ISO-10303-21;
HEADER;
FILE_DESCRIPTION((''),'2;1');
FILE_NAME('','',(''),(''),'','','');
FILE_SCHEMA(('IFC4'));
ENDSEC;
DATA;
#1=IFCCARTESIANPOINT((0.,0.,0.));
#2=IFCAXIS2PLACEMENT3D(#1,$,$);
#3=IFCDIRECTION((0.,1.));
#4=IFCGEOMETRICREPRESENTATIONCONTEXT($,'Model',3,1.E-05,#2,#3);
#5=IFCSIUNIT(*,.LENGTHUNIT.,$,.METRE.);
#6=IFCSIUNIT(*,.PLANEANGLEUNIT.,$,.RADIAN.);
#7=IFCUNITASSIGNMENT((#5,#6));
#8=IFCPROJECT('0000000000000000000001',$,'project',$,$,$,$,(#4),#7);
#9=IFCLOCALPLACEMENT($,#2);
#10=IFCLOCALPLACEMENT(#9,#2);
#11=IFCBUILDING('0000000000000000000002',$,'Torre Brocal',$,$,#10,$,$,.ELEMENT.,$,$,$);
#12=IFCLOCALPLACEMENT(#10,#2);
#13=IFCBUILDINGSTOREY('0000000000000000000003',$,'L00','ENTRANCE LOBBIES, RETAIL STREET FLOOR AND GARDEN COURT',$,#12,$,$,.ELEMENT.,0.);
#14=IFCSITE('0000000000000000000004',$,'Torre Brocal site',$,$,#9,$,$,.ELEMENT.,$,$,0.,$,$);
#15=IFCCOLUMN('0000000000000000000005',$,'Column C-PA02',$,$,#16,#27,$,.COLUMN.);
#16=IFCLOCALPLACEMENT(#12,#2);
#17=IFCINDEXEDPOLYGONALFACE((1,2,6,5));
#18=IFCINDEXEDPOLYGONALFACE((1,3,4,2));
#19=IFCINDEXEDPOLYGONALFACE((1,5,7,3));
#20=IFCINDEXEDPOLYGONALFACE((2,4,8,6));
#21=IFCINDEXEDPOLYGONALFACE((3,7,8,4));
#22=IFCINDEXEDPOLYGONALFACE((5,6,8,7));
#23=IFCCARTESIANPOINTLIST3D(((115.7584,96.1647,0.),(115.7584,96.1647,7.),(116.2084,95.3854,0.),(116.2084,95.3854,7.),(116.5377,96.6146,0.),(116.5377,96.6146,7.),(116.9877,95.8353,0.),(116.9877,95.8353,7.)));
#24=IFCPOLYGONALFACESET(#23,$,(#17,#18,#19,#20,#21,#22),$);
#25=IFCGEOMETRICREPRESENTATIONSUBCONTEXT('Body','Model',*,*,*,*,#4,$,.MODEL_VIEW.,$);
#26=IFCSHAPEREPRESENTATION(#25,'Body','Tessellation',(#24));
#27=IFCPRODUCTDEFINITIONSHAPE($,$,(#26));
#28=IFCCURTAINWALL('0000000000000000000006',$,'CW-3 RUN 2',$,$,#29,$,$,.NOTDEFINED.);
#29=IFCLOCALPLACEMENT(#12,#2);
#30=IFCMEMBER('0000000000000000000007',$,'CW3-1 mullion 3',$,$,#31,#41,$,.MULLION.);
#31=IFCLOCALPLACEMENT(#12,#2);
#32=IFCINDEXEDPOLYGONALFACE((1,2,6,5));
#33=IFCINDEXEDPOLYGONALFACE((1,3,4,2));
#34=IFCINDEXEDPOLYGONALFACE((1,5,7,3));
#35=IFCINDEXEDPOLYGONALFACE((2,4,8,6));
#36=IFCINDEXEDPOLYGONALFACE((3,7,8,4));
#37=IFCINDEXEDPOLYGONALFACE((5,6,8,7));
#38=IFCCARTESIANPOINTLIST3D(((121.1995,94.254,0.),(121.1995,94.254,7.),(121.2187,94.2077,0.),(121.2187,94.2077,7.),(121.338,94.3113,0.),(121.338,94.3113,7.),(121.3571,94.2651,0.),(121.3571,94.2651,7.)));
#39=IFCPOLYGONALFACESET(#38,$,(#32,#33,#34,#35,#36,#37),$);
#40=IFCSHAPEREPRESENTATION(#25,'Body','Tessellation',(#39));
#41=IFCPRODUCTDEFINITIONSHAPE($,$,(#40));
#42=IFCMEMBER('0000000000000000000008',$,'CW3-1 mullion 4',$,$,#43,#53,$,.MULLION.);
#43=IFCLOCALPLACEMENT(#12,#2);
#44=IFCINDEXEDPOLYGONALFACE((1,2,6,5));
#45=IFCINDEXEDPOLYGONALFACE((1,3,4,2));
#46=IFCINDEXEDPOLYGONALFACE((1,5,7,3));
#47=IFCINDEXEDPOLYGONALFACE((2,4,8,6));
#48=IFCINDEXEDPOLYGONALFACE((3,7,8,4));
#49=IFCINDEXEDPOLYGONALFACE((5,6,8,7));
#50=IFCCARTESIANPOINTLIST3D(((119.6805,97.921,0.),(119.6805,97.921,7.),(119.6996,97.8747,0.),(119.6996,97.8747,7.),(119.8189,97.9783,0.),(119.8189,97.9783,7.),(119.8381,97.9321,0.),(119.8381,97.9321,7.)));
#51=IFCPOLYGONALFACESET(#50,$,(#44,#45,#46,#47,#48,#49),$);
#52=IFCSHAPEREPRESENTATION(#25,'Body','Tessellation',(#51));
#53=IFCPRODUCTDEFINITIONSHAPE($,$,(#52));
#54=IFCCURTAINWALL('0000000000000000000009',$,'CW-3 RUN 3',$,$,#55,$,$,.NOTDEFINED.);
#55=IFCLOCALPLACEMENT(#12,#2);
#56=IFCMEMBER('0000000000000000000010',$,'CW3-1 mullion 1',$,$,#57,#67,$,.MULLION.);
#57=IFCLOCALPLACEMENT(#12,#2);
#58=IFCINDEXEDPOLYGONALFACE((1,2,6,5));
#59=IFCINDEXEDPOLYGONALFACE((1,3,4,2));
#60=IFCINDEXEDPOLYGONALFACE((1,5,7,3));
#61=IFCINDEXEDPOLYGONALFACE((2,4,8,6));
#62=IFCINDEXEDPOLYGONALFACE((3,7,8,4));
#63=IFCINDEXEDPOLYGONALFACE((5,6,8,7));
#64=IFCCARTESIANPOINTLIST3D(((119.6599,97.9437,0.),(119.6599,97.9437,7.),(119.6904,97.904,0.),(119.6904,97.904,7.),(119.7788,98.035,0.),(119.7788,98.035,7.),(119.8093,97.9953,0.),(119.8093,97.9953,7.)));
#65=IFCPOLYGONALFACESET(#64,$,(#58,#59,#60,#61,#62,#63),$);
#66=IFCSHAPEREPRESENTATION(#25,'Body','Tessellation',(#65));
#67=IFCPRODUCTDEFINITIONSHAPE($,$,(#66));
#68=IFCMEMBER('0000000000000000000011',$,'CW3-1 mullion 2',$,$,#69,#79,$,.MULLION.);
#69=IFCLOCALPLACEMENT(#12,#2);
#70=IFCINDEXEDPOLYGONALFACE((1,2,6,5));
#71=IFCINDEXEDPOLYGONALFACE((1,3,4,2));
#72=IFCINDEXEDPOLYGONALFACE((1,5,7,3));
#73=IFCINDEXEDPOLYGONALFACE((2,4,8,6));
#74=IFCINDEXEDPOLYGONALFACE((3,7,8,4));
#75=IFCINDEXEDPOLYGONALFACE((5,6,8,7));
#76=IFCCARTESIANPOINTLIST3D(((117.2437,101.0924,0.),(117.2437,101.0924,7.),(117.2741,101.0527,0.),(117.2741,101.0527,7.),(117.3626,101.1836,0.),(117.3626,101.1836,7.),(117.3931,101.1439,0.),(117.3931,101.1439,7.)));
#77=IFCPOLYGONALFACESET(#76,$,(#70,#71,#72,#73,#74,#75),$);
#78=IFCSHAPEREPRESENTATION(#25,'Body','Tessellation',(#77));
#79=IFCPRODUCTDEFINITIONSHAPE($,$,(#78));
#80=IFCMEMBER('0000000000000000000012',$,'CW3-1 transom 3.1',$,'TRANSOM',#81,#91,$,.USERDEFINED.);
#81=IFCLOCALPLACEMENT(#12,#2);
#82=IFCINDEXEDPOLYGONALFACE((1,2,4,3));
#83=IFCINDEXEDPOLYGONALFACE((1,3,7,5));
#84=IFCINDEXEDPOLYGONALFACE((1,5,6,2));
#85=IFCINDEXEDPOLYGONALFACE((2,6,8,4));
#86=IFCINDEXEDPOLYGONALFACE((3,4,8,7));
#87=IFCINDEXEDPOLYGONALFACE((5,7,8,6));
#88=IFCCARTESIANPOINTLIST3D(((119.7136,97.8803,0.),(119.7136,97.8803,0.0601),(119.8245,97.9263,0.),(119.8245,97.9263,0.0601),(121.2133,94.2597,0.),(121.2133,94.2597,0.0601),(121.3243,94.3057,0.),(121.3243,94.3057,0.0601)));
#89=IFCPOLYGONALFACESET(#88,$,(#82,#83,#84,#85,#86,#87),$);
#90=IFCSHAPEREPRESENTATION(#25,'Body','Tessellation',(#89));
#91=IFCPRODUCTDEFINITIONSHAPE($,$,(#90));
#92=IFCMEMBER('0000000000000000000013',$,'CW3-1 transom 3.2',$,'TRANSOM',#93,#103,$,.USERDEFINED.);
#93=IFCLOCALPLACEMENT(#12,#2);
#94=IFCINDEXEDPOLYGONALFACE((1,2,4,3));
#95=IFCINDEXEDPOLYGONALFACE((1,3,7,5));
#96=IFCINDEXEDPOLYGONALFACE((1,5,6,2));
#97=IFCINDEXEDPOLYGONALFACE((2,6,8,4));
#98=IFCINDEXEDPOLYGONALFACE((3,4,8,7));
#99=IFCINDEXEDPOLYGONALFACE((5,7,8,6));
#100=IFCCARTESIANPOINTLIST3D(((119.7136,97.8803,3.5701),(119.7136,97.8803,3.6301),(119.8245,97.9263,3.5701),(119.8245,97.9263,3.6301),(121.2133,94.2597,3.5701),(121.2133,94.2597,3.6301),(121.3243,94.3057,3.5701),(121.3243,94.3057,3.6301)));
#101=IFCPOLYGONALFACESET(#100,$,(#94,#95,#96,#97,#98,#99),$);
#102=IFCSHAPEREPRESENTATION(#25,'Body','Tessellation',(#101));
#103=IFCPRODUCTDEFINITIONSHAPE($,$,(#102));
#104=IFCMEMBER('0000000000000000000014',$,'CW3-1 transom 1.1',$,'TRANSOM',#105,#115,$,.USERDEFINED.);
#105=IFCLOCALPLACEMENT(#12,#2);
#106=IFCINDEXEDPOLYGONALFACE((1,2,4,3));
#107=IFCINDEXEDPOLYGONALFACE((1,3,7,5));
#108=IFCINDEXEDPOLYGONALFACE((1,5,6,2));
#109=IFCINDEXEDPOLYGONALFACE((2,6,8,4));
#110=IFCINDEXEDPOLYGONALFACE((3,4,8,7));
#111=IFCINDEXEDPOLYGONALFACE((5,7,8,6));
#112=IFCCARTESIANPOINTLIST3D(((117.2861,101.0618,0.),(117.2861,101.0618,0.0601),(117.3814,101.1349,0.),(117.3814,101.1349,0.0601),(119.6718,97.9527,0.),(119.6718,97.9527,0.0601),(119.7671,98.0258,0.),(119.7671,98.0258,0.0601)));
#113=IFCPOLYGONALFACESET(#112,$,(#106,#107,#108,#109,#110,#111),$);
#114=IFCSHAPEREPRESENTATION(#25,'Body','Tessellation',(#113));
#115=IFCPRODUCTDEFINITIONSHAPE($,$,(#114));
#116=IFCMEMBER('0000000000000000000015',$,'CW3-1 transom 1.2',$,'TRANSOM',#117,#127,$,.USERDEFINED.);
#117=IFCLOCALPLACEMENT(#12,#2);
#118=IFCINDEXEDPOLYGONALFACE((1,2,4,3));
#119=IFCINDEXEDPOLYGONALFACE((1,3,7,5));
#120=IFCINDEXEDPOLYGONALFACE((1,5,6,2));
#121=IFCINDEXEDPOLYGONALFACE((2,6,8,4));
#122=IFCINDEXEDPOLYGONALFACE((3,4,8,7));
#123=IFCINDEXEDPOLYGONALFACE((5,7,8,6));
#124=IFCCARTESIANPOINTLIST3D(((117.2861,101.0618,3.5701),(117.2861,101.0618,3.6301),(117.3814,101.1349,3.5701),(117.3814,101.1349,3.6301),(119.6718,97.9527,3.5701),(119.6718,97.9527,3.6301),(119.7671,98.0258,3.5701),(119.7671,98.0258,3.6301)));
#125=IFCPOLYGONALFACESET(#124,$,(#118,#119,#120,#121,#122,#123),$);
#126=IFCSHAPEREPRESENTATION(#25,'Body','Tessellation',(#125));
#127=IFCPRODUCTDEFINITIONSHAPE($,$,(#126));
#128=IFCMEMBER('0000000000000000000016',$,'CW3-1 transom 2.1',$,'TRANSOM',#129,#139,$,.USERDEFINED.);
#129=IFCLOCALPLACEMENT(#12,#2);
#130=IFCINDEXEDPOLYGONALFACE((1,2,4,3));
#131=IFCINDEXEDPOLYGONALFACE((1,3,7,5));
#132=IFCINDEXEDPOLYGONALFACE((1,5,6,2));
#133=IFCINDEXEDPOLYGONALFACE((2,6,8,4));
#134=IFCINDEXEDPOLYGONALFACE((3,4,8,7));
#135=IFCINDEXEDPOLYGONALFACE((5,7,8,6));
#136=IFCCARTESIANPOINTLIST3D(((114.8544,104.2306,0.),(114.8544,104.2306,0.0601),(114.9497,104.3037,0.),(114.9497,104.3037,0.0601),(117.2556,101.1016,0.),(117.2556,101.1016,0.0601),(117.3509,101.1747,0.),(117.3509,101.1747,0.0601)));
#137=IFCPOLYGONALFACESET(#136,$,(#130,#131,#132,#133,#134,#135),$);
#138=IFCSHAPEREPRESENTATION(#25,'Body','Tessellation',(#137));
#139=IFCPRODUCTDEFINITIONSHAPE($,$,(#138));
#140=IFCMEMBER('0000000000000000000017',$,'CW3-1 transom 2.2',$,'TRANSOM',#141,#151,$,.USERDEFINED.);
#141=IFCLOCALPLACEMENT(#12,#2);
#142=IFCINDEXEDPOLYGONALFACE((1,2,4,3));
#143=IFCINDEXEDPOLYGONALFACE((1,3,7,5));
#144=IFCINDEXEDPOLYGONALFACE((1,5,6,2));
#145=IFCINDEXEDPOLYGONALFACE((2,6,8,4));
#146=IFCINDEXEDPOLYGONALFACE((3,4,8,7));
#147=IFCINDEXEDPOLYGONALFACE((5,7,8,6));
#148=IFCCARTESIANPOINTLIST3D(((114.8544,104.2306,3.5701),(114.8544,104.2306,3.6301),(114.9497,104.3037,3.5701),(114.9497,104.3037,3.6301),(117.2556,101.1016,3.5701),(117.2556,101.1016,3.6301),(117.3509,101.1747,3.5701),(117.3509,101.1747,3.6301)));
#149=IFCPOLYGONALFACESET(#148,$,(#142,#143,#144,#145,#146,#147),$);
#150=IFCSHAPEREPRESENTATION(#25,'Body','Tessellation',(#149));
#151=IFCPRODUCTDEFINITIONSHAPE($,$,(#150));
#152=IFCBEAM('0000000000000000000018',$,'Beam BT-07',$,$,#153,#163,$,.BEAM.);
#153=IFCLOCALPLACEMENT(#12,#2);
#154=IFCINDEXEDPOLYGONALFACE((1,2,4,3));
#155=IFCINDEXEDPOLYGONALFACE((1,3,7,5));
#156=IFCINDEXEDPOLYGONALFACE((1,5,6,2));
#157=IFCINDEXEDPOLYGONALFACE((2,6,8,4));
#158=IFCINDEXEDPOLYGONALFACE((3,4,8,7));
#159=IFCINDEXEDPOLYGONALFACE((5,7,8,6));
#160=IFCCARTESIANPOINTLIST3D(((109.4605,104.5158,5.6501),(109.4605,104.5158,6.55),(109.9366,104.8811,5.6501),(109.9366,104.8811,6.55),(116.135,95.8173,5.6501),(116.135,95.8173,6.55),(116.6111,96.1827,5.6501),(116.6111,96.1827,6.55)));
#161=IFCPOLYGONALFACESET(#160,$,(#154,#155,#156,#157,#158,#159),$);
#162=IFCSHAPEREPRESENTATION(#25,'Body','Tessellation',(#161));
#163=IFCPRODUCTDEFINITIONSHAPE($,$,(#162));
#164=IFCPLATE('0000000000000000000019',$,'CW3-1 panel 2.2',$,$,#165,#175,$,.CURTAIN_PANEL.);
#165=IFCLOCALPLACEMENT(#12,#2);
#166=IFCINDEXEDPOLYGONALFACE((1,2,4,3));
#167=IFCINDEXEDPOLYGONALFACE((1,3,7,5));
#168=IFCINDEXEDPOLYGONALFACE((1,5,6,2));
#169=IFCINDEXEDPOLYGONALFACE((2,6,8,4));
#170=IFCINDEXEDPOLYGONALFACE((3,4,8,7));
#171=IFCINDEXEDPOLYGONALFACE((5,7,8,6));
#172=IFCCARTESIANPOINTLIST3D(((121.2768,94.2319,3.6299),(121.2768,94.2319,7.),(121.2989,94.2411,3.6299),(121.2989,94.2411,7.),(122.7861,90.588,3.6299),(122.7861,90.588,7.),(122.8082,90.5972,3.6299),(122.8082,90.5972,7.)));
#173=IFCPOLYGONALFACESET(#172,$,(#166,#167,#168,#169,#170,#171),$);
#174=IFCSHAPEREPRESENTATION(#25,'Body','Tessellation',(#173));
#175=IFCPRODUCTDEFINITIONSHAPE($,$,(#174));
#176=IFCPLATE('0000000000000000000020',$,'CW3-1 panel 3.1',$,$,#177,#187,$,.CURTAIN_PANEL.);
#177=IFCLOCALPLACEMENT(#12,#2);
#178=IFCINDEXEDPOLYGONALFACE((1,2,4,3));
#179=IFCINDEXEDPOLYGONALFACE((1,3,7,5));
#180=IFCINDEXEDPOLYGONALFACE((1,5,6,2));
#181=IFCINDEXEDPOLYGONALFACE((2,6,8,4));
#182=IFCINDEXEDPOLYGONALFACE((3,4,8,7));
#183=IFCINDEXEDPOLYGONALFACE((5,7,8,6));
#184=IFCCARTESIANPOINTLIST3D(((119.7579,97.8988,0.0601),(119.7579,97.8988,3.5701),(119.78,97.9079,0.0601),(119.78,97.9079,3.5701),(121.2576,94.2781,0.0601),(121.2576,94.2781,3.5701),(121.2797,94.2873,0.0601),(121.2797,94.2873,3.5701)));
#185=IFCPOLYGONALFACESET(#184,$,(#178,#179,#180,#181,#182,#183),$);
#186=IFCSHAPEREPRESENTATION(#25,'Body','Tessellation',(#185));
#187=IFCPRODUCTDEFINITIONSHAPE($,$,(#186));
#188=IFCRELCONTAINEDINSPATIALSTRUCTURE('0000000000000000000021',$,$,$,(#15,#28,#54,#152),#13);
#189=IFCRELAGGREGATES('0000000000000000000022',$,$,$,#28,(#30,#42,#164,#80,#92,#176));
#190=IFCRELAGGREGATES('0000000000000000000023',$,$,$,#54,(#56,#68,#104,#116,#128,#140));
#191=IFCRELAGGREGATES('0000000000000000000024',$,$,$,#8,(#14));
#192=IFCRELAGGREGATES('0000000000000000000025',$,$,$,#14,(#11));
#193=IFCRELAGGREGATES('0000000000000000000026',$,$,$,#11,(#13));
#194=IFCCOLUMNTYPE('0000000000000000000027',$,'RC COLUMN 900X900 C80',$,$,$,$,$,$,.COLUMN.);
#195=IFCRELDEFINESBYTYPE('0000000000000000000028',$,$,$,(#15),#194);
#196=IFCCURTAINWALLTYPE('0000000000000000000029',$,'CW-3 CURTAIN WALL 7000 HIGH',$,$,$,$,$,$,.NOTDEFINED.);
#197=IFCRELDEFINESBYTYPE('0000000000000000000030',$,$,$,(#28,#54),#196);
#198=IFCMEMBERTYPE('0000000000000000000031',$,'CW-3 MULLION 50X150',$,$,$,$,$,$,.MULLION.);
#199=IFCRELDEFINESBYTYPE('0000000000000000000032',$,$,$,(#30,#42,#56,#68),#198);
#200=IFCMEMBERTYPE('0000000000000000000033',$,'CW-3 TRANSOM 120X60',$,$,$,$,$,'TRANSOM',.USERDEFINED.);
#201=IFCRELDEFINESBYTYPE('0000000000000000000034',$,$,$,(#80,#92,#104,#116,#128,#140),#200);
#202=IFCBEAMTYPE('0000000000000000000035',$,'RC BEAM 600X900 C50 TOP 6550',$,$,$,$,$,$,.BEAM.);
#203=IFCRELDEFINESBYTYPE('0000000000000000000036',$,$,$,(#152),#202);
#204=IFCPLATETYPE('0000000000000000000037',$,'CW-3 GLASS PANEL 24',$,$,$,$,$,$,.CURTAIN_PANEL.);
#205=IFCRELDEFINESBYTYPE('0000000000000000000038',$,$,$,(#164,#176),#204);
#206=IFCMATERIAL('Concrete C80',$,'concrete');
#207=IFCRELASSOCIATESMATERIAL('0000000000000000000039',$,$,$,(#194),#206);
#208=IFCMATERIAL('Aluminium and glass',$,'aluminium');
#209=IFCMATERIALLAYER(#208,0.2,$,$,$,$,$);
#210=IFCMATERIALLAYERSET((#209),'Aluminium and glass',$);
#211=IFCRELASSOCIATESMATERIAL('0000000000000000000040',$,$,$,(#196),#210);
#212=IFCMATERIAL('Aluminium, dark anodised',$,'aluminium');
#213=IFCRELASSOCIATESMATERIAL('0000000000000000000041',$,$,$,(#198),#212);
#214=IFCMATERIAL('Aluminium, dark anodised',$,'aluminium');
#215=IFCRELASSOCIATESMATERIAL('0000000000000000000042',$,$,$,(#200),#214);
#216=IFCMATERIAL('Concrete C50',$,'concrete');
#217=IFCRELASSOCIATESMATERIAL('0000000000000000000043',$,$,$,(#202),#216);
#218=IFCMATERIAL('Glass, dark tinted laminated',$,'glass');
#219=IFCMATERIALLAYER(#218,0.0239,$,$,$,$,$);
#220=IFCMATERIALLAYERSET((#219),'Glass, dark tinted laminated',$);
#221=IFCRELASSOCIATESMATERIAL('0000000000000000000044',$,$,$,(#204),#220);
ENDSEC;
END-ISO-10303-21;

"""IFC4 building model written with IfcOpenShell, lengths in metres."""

from ifc_helpers import new_model, si_unit, direction, frame, origin, origin_2d, place, context, subcontext, project, spatial, rectangle, extrude, material, layer, layer_set, material_profile, profile_set, type_object, element, aggregate, save


model = new_model("IFC4")

# Units and contexts
model_context = context("Model", 3, precision=1e-05, world=origin(), true_north=direction((0.0, 1.0)))
body_context = subcontext(model_context, "Body", "Model", "MODEL_VIEW")
ifc_project = project(units=[si_unit("LENGTHUNIT", "METRE"), si_unit("PLANEANGLEUNIT", "RADIAN")], contexts=[model_context])

# Site, building, storey
site_placement = place(None, origin())
site = spatial("IfcSite", under=ifc_project, at=site_placement, Name="Torre Brocal site", CompositionType="ELEMENT", RefElevation=0.0)
building_placement = place(site_placement, origin())
building = spatial("IfcBuilding", under=site, at=building_placement, Name="Torre Brocal", CompositionType="ELEMENT")
storey_placement = place(building_placement, origin())
storey = spatial("IfcBuildingStorey", under=building, at=storey_placement, Name="L00", Description="ENTRANCE LOBBIES, RETAIL STREET FLOOR AND GARDEN COURT", CompositionType="ELEMENT", Elevation=0.0)

# Column
ifc_material_1 = material(Name="Concrete C80", Category="concrete")
ifc_material_profile_1 = material_profile(ifc_material_1, rectangle(XDim=0.8999, YDim=0.8999, at=origin_2d()), Name="RC 900X900")
ifc_profile_set_1 = profile_set([ifc_material_profile_1], Name="Concrete C80")
column_type = type_object("IfcColumnType", Name="RC COLUMN 900X900 C80", PredefinedType="COLUMN", material=ifc_profile_set_1)
column_placement = place(storey_placement, frame((116.373, 96.0, 0.0), z_axis=(0.0, 0.0, 1.0), x_axis=(0.866025, 0.5, 0.0)))
element("IfcColumn", 1, at=column_placement, inside=storey, type_object=column_type, Name="Column C-PA02", PredefinedType="COLUMN", context=body_context, shape_type="SweptSolid", body=[
    extrude(rectangle(XDim=0.8999, YDim=0.8999, at=origin_2d()), origin(), (0.0, 0.0, 1.0), 7.0),
])

# Curtain walls, members
ifc_material_2 = material(Name="Aluminium and glass", Category="aluminium")
ifc_layer_1 = layer(ifc_material_2, 0.2)
ifc_layer_set_1 = layer_set([ifc_layer_1], Name="Aluminium and glass")
curtain_wall_type = type_object("IfcCurtainWallType", Name="CW-3 CURTAIN WALL 7000 HIGH", PredefinedType="NOTDEFINED", material=ifc_layer_set_1)
curtain_wall_1_placement = place(storey_placement, origin())
curtain_wall_1 = element("IfcCurtainWall", 2, at=curtain_wall_1_placement, inside=storey, type_object=curtain_wall_type, Name="CW-3 RUN 2", PredefinedType="NOTDEFINED")
ifc_material_3 = material(Name="Aluminium, dark anodised", Category="aluminium")
ifc_material_profile_2 = material_profile(ifc_material_3, rectangle(XDim=0.1499, YDim=0.05, at=origin_2d()), Name="CW-3 MULLION 50X150")
ifc_profile_set_2 = profile_set([ifc_material_profile_2], Name="Aluminium, dark anodised")
member_type_1 = type_object("IfcMemberType", Name="CW-3 MULLION 50X150", PredefinedType="MULLION", material=ifc_profile_set_2)
member_1_placement = place(storey_placement, frame((121.2783, 94.2595, 0.0), z_axis=(0.0, 0.0, 1.0), x_axis=(-0.92388, -0.382683, 0.0)))
member_1 = element("IfcMember", 3, at=member_1_placement, type_object=member_type_1, Name="CW3-1 mullion 3", PredefinedType="MULLION", context=body_context, shape_type="SweptSolid", body=[
    extrude(rectangle(XDim=0.1499, YDim=0.05, at=origin_2d()), origin(), (0.0, 0.0, 1.0), 7.0),
])
member_2_placement = place(storey_placement, frame((119.7593, 97.9265, 0.0), z_axis=(0.0, 0.0, 1.0), x_axis=(-0.92388, -0.382683, 0.0)))
member_2 = element("IfcMember", 4, at=member_2_placement, type_object=member_type_1, Name="CW3-1 mullion 4", PredefinedType="MULLION", context=body_context, shape_type="SweptSolid", body=[
    extrude(rectangle(XDim=0.1499, YDim=0.05, at=origin_2d()), origin(), (0.0, 0.0, 1.0), 7.0),
])
curtain_wall_2_placement = place(storey_placement, origin())
curtain_wall_2 = element("IfcCurtainWall", 5, at=curtain_wall_2_placement, inside=storey, type_object=curtain_wall_type, Name="CW-3 RUN 3", PredefinedType="NOTDEFINED")
member_3_placement = place(storey_placement, frame((119.7346, 97.9695, 0.0), z_axis=(0.0, 0.0, 1.0), x_axis=(-0.793353, -0.608761, 0.0)))
member_3 = element("IfcMember", 6, at=member_3_placement, type_object=member_type_1, Name="CW3-1 mullion 1", PredefinedType="MULLION", context=body_context, shape_type="SweptSolid", body=[
    extrude(rectangle(XDim=0.1499, YDim=0.05, at=origin_2d()), origin(), (0.0, 0.0, 1.0), 7.0),
])
member_4_placement = place(storey_placement, frame((117.3184, 101.1182, 0.0), z_axis=(0.0, 0.0, 1.0), x_axis=(-0.793353, -0.608761, 0.0)))
member_4 = element("IfcMember", 7, at=member_4_placement, type_object=member_type_1, Name="CW3-1 mullion 2", PredefinedType="MULLION", context=body_context, shape_type="SweptSolid", body=[
    extrude(rectangle(XDim=0.1499, YDim=0.05, at=origin_2d()), origin(), (0.0, 0.0, 1.0), 7.0),
])

# Members
ifc_material_4 = material(Name="Aluminium, dark anodised", Category="aluminium")
ifc_material_profile_3 = material_profile(ifc_material_4, rectangle(XDim=0.1201, YDim=0.0601, at=origin_2d()), Name="CW-3 TRANSOM 120X60")
ifc_profile_set_3 = profile_set([ifc_material_profile_3], Name="Aluminium, dark anodised")
member_type_2 = type_object("IfcMemberType", Name="CW-3 TRANSOM 120X60", ElementType="TRANSOM", PredefinedType="USERDEFINED", material=ifc_profile_set_3)
member_5_placement = place(storey_placement, frame((121.2688, 94.2827, 0.03), z_axis=(-0.382695, 0.923875, 0.0), x_axis=(-0.923875, -0.382695, 0.0)))
member_5 = element("IfcMember", 8, at=member_5_placement, type_object=member_type_2, Name="CW3-1 transom 3.1", ObjectType="TRANSOM", PredefinedType="USERDEFINED", context=body_context, shape_type="SweptSolid", body=[
    extrude(rectangle(XDim=0.1201, YDim=0.0601, at=origin_2d()), origin(), (0.0, 0.0, 1.0), 3.9189),
])
member_6_placement = place(storey_placement, frame((121.2688, 94.2827, 3.6001), z_axis=(-0.382695, 0.923875, 0.0), x_axis=(-0.923875, -0.382695, 0.0)))
member_6 = element("IfcMember", 9, at=member_6_placement, type_object=member_type_2, Name="CW3-1 transom 3.2", ObjectType="TRANSOM", PredefinedType="USERDEFINED", context=body_context, shape_type="SweptSolid", body=[
    extrude(rectangle(XDim=0.1201, YDim=0.0601, at=origin_2d()), origin(), (0.0, 0.0, 1.0), 3.9189),
])
member_7_placement = place(storey_placement, frame((119.7195, 97.9893, 0.03), z_axis=(-0.608765, 0.793351, 0.0), x_axis=(-0.793351, -0.608765, 0.0)))
member_7 = element("IfcMember", 10, at=member_7_placement, type_object=member_type_2, Name="CW3-1 transom 1.1", ObjectType="TRANSOM", PredefinedType="USERDEFINED", context=body_context, shape_type="SweptSolid", body=[
    extrude(rectangle(XDim=0.1201, YDim=0.0601, at=origin_2d()), origin(), (0.0, 0.0, 1.0), 3.9189),
])
member_8_placement = place(storey_placement, frame((119.7195, 97.9893, 3.6001), z_axis=(-0.608765, 0.793351, 0.0), x_axis=(-0.793351, -0.608765, 0.0)))
member_8 = element("IfcMember", 11, at=member_8_placement, type_object=member_type_2, Name="CW3-1 transom 1.2", ObjectType="TRANSOM", PredefinedType="USERDEFINED", context=body_context, shape_type="SweptSolid", body=[
    extrude(rectangle(XDim=0.1201, YDim=0.0601, at=origin_2d()), origin(), (0.0, 0.0, 1.0), 3.9189),
])
member_9_placement = place(storey_placement, frame((117.3032, 101.1382, 0.03), z_axis=(-0.608798, 0.793325, 0.0), x_axis=(-0.793325, -0.608798, 0.0)))
member_9 = element("IfcMember", 12, at=member_9_placement, type_object=member_type_2, Name="CW3-1 transom 2.1", ObjectType="TRANSOM", PredefinedType="USERDEFINED", context=body_context, shape_type="SweptSolid", body=[
    extrude(rectangle(XDim=0.1201, YDim=0.0601, at=origin_2d()), origin(), (0.0, 0.0, 1.0), 3.9441),
])
member_10_placement = place(storey_placement, frame((117.3032, 101.1382, 3.6001), z_axis=(-0.608798, 0.793325, 0.0), x_axis=(-0.793325, -0.608798, 0.0)))
member_10 = element("IfcMember", 13, at=member_10_placement, type_object=member_type_2, Name="CW3-1 transom 2.2", ObjectType="TRANSOM", PredefinedType="USERDEFINED", context=body_context, shape_type="SweptSolid", body=[
    extrude(rectangle(XDim=0.1201, YDim=0.0601, at=origin_2d()), origin(), (0.0, 0.0, 1.0), 3.9441),
])

# Beam
ifc_material_5 = material(Name="Concrete C50", Category="concrete")
ifc_material_profile_4 = material_profile(ifc_material_5, rectangle(XDim=0.6001, YDim=0.8999, at=origin_2d()), Name="RC 600X900")
ifc_profile_set_4 = profile_set([ifc_material_profile_4], Name="Concrete C50")
beam_type = type_object("IfcBeamType", Name="RC BEAM 600X900 C50 TOP 6550", PredefinedType="BEAM", material=ifc_profile_set_4)
beam_placement = place(storey_placement, frame((116.373, 96.0, 6.1001), z_axis=(-0.60876, 0.793354, 0.0), x_axis=(-0.793354, -0.60876, 0.0)))
element("IfcBeam", 14, at=beam_placement, inside=storey, type_object=beam_type, Name="Beam BT-07", PredefinedType="BEAM", context=body_context, shape_type="SweptSolid", body=[
    extrude(rectangle(XDim=0.6001, YDim=0.8999, at=origin_2d()), origin(), (0.0, 0.0, 1.0), 10.9641),
])

# Plates
ifc_material_6 = material(Name="Glass, dark tinted laminated", Category="glass")
ifc_layer_2 = layer(ifc_material_6, 0.0239)
ifc_layer_set_2 = layer_set([ifc_layer_2], Name="Glass, dark tinted laminated")
plate_type = type_object("IfcPlateType", Name="CW-3 GLASS PANEL 24", PredefinedType="CURTAIN_PANEL", material=ifc_layer_set_2)
plate_1_placement = place(storey_placement, frame((122.0425, 92.4146, 3.6299), z_axis=(0.0, 0.0, 1.0), x_axis=(-0.382683, 0.92388, 0.0)))
plate_1 = element("IfcPlate", 15, at=plate_1_placement, type_object=plate_type, Name="CW3-1 panel 2.2", PredefinedType="CURTAIN_PANEL", context=body_context, shape_type="SweptSolid", body=[
    extrude(rectangle(XDim=3.9441, YDim=0.0239, at=origin_2d()), origin(), (0.0, 0.0, 1.0), 3.3701),
])
plate_2_placement = place(storey_placement, frame((120.5188, 96.093, 0.0601), z_axis=(0.0, 0.0, 1.0), x_axis=(-0.382683, 0.92388, 0.0)))
plate_2 = element("IfcPlate", 16, at=plate_2_placement, type_object=plate_type, Name="CW3-1 panel 3.1", PredefinedType="CURTAIN_PANEL", context=body_context, shape_type="SweptSolid", body=[
    extrude(rectangle(XDim=3.9189, YDim=0.0239, at=origin_2d()), origin(), (0.0, 0.0, 1.0), 3.51),
])
aggregate(curtain_wall_1, [member_1, member_2, plate_1, member_5, member_6, plate_2])
aggregate(curtain_wall_2, [member_3, member_4, member_7, member_8, member_9, member_10])

save(model, "model.ifc")
